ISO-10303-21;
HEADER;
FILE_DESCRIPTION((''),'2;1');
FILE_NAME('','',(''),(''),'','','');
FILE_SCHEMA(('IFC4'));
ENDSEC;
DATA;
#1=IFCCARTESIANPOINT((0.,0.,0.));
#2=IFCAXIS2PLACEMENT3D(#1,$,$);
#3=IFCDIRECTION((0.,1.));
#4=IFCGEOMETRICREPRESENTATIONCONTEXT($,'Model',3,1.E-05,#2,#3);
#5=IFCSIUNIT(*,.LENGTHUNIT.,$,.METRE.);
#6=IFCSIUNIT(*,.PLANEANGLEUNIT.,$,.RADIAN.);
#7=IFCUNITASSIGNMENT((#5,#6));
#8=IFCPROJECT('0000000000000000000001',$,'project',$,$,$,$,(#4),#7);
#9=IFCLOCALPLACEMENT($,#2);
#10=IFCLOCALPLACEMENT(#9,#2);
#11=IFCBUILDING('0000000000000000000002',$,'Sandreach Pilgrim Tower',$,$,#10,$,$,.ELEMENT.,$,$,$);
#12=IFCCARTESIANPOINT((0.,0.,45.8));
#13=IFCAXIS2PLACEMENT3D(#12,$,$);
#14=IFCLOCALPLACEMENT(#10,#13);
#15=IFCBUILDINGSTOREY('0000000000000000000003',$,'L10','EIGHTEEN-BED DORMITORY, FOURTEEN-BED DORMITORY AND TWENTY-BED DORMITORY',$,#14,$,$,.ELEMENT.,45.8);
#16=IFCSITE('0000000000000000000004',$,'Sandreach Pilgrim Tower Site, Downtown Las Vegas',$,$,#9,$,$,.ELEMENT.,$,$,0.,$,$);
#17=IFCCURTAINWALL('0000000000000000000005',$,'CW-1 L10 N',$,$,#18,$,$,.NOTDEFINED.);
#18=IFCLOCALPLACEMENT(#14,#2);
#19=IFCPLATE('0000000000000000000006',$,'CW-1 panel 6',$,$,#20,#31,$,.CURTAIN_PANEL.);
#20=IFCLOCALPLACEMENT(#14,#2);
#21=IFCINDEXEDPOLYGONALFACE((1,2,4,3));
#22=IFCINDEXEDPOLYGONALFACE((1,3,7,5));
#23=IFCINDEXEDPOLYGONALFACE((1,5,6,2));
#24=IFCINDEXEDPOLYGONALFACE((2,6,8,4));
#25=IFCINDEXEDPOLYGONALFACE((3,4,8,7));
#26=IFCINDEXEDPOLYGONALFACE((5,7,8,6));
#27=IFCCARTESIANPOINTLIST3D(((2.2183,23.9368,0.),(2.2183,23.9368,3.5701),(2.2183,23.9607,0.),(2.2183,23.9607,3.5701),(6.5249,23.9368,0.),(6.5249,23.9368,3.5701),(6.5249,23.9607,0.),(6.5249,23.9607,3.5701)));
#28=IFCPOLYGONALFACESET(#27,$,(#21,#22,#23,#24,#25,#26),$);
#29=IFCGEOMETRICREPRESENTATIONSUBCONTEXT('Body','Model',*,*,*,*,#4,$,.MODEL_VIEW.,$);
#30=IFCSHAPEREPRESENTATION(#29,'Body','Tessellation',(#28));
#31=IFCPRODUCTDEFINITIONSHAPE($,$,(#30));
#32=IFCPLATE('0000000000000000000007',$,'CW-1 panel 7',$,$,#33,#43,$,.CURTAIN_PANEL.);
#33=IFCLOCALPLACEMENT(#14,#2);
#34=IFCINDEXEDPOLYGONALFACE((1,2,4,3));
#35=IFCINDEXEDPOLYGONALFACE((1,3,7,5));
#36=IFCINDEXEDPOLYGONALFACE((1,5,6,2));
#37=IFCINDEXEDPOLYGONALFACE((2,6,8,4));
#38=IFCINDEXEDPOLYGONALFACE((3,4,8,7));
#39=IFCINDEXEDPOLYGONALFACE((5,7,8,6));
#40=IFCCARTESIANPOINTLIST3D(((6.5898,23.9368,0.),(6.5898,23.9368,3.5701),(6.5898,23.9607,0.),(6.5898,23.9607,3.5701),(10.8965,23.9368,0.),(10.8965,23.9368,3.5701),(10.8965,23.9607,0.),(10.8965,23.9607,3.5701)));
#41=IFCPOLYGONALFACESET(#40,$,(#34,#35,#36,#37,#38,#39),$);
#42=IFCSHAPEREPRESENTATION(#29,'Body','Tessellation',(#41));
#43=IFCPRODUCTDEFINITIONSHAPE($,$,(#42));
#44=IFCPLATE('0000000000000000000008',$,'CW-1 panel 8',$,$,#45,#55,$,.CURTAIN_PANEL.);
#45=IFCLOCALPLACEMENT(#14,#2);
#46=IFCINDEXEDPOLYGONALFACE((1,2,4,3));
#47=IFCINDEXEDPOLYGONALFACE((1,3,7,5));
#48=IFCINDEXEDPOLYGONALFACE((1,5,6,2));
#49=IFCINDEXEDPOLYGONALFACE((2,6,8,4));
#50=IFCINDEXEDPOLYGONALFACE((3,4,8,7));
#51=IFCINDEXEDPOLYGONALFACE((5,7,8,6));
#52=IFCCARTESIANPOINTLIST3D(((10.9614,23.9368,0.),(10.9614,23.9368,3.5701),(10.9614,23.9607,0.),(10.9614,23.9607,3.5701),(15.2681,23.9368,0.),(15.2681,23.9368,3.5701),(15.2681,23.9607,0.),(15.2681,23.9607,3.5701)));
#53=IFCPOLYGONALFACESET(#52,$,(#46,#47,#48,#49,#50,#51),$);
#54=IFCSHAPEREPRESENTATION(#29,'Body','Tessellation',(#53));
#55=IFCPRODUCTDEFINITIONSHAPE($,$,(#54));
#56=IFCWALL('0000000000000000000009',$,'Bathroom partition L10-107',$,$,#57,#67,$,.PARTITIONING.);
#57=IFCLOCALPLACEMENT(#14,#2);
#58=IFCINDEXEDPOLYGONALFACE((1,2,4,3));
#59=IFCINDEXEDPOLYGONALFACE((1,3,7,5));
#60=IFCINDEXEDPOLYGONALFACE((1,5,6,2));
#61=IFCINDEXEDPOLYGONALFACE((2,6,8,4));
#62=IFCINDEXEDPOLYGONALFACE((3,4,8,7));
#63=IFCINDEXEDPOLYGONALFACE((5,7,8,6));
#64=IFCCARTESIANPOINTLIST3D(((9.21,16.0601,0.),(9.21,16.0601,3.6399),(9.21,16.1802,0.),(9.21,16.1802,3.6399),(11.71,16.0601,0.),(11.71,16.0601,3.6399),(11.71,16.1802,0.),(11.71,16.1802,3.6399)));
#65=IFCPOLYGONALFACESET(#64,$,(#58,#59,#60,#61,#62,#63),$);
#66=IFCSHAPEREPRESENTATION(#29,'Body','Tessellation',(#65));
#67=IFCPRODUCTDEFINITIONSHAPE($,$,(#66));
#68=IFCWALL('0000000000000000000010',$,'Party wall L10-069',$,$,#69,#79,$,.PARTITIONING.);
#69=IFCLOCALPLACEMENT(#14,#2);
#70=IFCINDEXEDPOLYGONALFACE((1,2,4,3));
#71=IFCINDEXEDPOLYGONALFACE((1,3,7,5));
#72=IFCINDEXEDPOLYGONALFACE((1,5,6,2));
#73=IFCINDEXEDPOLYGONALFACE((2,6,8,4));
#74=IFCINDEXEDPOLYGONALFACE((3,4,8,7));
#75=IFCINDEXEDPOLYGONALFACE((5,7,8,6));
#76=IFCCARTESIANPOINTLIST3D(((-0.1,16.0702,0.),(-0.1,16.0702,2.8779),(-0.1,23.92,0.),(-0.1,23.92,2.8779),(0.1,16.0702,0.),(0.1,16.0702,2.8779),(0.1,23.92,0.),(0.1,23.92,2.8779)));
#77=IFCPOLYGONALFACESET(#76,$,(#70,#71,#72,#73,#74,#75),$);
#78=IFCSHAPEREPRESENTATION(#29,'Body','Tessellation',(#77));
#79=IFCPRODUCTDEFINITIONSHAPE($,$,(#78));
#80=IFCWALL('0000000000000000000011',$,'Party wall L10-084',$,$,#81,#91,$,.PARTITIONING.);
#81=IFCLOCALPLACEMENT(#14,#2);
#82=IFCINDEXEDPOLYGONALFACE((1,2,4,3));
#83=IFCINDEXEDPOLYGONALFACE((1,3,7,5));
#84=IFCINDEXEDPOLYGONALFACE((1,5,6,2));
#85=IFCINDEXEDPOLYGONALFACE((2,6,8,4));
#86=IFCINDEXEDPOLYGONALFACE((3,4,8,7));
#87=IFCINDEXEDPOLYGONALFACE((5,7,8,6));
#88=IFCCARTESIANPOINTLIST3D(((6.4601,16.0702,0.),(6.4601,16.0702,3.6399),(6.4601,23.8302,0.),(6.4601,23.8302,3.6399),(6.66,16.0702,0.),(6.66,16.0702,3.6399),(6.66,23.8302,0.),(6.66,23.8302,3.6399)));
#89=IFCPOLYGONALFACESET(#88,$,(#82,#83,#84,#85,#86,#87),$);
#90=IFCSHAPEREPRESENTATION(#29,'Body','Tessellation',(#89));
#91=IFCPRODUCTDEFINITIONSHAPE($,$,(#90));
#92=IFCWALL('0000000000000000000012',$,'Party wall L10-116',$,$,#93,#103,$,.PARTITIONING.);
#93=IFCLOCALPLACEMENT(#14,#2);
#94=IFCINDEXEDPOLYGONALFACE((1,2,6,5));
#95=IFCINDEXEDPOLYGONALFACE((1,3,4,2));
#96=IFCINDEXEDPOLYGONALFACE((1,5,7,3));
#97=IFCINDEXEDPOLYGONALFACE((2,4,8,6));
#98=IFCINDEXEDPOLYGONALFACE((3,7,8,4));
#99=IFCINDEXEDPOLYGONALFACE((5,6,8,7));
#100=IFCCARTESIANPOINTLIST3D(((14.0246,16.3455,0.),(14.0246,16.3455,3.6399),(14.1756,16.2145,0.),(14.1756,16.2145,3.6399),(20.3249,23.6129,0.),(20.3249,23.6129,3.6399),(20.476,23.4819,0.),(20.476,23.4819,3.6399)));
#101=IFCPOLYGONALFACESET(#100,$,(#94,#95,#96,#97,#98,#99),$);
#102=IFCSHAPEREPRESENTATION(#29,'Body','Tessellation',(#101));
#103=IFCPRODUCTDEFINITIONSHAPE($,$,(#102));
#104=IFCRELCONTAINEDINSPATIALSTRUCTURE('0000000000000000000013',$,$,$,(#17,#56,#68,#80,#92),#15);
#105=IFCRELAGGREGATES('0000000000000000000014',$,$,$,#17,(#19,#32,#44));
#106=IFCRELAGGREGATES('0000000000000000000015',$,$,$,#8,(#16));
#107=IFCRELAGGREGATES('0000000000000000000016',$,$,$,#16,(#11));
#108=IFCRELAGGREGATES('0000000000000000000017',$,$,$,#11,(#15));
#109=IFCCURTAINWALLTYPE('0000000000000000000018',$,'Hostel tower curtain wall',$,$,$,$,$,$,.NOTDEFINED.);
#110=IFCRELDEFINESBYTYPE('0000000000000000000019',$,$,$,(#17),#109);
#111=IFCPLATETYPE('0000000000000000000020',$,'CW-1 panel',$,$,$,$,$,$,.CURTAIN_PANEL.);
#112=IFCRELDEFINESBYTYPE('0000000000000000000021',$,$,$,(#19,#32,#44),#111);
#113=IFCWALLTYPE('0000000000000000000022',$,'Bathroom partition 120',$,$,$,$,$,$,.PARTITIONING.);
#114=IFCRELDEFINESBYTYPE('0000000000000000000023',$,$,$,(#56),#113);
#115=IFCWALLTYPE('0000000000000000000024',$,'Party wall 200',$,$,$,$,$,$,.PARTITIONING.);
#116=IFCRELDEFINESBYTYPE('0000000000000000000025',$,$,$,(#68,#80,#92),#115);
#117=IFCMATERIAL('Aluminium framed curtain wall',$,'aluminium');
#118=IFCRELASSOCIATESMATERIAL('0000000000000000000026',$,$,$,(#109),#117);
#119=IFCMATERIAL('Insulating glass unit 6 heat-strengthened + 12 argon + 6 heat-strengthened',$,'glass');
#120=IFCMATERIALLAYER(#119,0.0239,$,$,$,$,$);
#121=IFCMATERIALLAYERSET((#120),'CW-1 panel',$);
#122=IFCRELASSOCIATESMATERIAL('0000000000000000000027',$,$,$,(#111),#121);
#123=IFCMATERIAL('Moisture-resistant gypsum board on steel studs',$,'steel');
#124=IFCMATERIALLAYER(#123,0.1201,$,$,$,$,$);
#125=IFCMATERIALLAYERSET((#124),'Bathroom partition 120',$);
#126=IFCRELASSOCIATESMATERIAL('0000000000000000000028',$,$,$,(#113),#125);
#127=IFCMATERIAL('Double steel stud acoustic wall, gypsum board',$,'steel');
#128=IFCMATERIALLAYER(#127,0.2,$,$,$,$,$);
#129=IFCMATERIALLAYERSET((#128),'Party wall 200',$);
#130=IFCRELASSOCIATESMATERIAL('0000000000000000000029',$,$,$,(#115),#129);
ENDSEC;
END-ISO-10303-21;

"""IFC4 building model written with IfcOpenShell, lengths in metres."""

from ifc_helpers import new_model, si_unit, direction, frame, frame_2d, origin, origin_2d, place, context, subcontext, project, spatial, rectangle, extrude, material, layer, layer_set, type_object, element, aggregate, save


model = new_model("IFC4")

# Units and contexts
model_context = context("Model", 3, precision=1e-05, world=origin(), true_north=direction((0.0, 1.0)))
body_context = subcontext(model_context, "Body", "Model", "MODEL_VIEW")
ifc_project = project(units=[si_unit("LENGTHUNIT", "METRE"), si_unit("PLANEANGLEUNIT", "RADIAN")], contexts=[model_context])

# Site, building, storey
site_placement = place(None, origin())
site = spatial("IfcSite", under=ifc_project, at=site_placement, Name="Sandreach Pilgrim Tower Site, Downtown Las Vegas", CompositionType="ELEMENT", RefElevation=0.0)
building_placement = place(site_placement, origin())
building = spatial("IfcBuilding", under=site, at=building_placement, Name="Sandreach Pilgrim Tower", CompositionType="ELEMENT")
storey_placement = place(building_placement, frame((0.0, 0.0, 45.8)))
storey = spatial("IfcBuildingStorey", under=building, at=storey_placement, Name="L10", Description="EIGHTEEN-BED DORMITORY, FOURTEEN-BED DORMITORY AND TWENTY-BED DORMITORY", CompositionType="ELEMENT", Elevation=45.8)

# Curtain wall
ifc_material_1 = material(Name="Aluminium framed curtain wall", Category="aluminium")
curtain_wall_type = type_object("IfcCurtainWallType", Name="Hostel tower curtain wall", PredefinedType="NOTDEFINED", material=ifc_material_1)
curtain_wall_placement = place(storey_placement, origin())
curtain_wall = element("IfcCurtainWall", 1, at=curtain_wall_placement, inside=storey, type_object=curtain_wall_type, Name="CW-1 L10 N", PredefinedType="NOTDEFINED")

# Plates
ifc_material_2 = material(Name="Insulating glass unit 6 heat-strengthened + 12 argon + 6 heat-strengthened", Category="glass")
ifc_layer_1 = layer(ifc_material_2, 0.0239)
ifc_layer_set_1 = layer_set([ifc_layer_1], Name="CW-1 panel")
plate_type = type_object("IfcPlateType", Name="CW-1 panel", PredefinedType="CURTAIN_PANEL", material=ifc_layer_set_1)
plate_1_placement = place(storey_placement, frame((4.3716, 23.9487, 0.0), z_axis=(0.0, 0.0, 1.0), x_axis=(1.0, 0.0, 0.0)))
plate_1 = element("IfcPlate", 2, at=plate_1_placement, type_object=plate_type, Name="CW-1 panel 6", PredefinedType="CURTAIN_PANEL", context=body_context, shape_type="SweptSolid", body=[
    extrude(rectangle(XDim=4.3066, YDim=0.0239, at=origin_2d()), origin(), (0.0, 0.0, 1.0), 3.5701),
])
plate_2_placement = place(storey_placement, frame((8.7432, 23.9487, 0.0), z_axis=(0.0, 0.0, 1.0), x_axis=(1.0, 0.0, 0.0)))
plate_2 = element("IfcPlate", 3, at=plate_2_placement, type_object=plate_type, Name="CW-1 panel 7", PredefinedType="CURTAIN_PANEL", context=body_context, shape_type="SweptSolid", body=[
    extrude(rectangle(XDim=4.3066, YDim=0.0239, at=origin_2d()), origin(), (0.0, 0.0, 1.0), 3.5701),
])
plate_3_placement = place(storey_placement, frame((13.1147, 23.9487, 0.0), z_axis=(0.0, 0.0, 1.0), x_axis=(1.0, 0.0, 0.0)))
plate_3 = element("IfcPlate", 4, at=plate_3_placement, type_object=plate_type, Name="CW-1 panel 8", PredefinedType="CURTAIN_PANEL", context=body_context, shape_type="SweptSolid", body=[
    extrude(rectangle(XDim=4.3066, YDim=0.0239, at=origin_2d()), origin(), (0.0, 0.0, 1.0), 3.5701),
])
aggregate(curtain_wall, [plate_1, plate_2, plate_3])

# Walls
ifc_material_3 = material(Name="Moisture-resistant gypsum board on steel studs", Category="steel")
ifc_layer_2 = layer(ifc_material_3, 0.1201)
ifc_layer_set_2 = layer_set([ifc_layer_2], Name="Bathroom partition 120")
wall_type_1 = type_object("IfcWallType", Name="Bathroom partition 120", PredefinedType="PARTITIONING", material=ifc_layer_set_2)
wall_1_placement = place(storey_placement, frame((11.71, 16.1201, 0.0), z_axis=(0.0, 0.0, 1.0), x_axis=(-1.0, 0.0, 0.0)))
element("IfcWall", 5, at=wall_1_placement, inside=storey, type_object=wall_type_1, Name="Bathroom partition L10-107", PredefinedType="PARTITIONING", context=body_context, shape_type="SweptSolid", body=[
    extrude(rectangle(XDim=2.5, YDim=0.1201, at=frame_2d((1.25, 0.0))), origin(), (0.0, 0.0, 1.0), 3.6399),
])
ifc_material_4 = material(Name="Double steel stud acoustic wall, gypsum board", Category="steel")
ifc_layer_3 = layer(ifc_material_4, 0.2)
ifc_layer_set_3 = layer_set([ifc_layer_3], Name="Party wall 200")
wall_type_2 = type_object("IfcWallType", Name="Party wall 200", PredefinedType="PARTITIONING", material=ifc_layer_set_3)
wall_2_placement = place(storey_placement, frame((0.0, 23.9199, 0.0), z_axis=(0.0, 0.0, 1.0), x_axis=(0.0, -1.0, 0.0)))
element("IfcWall", 6, at=wall_2_placement, inside=storey, type_object=wall_type_2, Name="Party wall L10-069", PredefinedType="PARTITIONING", context=body_context, shape_type="SweptSolid", body=[
    extrude(rectangle(XDim=7.8499, YDim=0.2, at=frame_2d((3.9248, 0.0))), origin(), (0.0, 0.0, 1.0), 2.8779),
])
wall_3_placement = place(storey_placement, frame((6.5601, 23.8301, 0.0), z_axis=(0.0, 0.0, 1.0), x_axis=(0.0, -1.0, 0.0)))
element("IfcWall", 7, at=wall_3_placement, inside=storey, type_object=wall_type_2, Name="Party wall L10-084", PredefinedType="PARTITIONING", context=body_context, shape_type="SweptSolid", body=[
    extrude(rectangle(XDim=7.76, YDim=0.2, at=frame_2d((3.8799, 0.0))), origin(), (0.0, 0.0, 1.0), 3.6399),
])
wall_4_placement = place(storey_placement, frame((14.1001, 16.28, 0.0), z_axis=(0.0, 0.0, 1.0), x_axis=(0.655046, 0.755589, 0.0)))
element("IfcWall", 8, at=wall_4_placement, inside=storey, type_object=wall_type_2, Name="Party wall L10-116", PredefinedType="PARTITIONING", context=body_context, shape_type="SweptSolid", body=[
    extrude(rectangle(XDim=9.6182, YDim=0.2, at=frame_2d((4.8091, 0.0))), origin(), (0.0, 0.0, 1.0), 3.6399),
])

save(model, "model.ifc")
